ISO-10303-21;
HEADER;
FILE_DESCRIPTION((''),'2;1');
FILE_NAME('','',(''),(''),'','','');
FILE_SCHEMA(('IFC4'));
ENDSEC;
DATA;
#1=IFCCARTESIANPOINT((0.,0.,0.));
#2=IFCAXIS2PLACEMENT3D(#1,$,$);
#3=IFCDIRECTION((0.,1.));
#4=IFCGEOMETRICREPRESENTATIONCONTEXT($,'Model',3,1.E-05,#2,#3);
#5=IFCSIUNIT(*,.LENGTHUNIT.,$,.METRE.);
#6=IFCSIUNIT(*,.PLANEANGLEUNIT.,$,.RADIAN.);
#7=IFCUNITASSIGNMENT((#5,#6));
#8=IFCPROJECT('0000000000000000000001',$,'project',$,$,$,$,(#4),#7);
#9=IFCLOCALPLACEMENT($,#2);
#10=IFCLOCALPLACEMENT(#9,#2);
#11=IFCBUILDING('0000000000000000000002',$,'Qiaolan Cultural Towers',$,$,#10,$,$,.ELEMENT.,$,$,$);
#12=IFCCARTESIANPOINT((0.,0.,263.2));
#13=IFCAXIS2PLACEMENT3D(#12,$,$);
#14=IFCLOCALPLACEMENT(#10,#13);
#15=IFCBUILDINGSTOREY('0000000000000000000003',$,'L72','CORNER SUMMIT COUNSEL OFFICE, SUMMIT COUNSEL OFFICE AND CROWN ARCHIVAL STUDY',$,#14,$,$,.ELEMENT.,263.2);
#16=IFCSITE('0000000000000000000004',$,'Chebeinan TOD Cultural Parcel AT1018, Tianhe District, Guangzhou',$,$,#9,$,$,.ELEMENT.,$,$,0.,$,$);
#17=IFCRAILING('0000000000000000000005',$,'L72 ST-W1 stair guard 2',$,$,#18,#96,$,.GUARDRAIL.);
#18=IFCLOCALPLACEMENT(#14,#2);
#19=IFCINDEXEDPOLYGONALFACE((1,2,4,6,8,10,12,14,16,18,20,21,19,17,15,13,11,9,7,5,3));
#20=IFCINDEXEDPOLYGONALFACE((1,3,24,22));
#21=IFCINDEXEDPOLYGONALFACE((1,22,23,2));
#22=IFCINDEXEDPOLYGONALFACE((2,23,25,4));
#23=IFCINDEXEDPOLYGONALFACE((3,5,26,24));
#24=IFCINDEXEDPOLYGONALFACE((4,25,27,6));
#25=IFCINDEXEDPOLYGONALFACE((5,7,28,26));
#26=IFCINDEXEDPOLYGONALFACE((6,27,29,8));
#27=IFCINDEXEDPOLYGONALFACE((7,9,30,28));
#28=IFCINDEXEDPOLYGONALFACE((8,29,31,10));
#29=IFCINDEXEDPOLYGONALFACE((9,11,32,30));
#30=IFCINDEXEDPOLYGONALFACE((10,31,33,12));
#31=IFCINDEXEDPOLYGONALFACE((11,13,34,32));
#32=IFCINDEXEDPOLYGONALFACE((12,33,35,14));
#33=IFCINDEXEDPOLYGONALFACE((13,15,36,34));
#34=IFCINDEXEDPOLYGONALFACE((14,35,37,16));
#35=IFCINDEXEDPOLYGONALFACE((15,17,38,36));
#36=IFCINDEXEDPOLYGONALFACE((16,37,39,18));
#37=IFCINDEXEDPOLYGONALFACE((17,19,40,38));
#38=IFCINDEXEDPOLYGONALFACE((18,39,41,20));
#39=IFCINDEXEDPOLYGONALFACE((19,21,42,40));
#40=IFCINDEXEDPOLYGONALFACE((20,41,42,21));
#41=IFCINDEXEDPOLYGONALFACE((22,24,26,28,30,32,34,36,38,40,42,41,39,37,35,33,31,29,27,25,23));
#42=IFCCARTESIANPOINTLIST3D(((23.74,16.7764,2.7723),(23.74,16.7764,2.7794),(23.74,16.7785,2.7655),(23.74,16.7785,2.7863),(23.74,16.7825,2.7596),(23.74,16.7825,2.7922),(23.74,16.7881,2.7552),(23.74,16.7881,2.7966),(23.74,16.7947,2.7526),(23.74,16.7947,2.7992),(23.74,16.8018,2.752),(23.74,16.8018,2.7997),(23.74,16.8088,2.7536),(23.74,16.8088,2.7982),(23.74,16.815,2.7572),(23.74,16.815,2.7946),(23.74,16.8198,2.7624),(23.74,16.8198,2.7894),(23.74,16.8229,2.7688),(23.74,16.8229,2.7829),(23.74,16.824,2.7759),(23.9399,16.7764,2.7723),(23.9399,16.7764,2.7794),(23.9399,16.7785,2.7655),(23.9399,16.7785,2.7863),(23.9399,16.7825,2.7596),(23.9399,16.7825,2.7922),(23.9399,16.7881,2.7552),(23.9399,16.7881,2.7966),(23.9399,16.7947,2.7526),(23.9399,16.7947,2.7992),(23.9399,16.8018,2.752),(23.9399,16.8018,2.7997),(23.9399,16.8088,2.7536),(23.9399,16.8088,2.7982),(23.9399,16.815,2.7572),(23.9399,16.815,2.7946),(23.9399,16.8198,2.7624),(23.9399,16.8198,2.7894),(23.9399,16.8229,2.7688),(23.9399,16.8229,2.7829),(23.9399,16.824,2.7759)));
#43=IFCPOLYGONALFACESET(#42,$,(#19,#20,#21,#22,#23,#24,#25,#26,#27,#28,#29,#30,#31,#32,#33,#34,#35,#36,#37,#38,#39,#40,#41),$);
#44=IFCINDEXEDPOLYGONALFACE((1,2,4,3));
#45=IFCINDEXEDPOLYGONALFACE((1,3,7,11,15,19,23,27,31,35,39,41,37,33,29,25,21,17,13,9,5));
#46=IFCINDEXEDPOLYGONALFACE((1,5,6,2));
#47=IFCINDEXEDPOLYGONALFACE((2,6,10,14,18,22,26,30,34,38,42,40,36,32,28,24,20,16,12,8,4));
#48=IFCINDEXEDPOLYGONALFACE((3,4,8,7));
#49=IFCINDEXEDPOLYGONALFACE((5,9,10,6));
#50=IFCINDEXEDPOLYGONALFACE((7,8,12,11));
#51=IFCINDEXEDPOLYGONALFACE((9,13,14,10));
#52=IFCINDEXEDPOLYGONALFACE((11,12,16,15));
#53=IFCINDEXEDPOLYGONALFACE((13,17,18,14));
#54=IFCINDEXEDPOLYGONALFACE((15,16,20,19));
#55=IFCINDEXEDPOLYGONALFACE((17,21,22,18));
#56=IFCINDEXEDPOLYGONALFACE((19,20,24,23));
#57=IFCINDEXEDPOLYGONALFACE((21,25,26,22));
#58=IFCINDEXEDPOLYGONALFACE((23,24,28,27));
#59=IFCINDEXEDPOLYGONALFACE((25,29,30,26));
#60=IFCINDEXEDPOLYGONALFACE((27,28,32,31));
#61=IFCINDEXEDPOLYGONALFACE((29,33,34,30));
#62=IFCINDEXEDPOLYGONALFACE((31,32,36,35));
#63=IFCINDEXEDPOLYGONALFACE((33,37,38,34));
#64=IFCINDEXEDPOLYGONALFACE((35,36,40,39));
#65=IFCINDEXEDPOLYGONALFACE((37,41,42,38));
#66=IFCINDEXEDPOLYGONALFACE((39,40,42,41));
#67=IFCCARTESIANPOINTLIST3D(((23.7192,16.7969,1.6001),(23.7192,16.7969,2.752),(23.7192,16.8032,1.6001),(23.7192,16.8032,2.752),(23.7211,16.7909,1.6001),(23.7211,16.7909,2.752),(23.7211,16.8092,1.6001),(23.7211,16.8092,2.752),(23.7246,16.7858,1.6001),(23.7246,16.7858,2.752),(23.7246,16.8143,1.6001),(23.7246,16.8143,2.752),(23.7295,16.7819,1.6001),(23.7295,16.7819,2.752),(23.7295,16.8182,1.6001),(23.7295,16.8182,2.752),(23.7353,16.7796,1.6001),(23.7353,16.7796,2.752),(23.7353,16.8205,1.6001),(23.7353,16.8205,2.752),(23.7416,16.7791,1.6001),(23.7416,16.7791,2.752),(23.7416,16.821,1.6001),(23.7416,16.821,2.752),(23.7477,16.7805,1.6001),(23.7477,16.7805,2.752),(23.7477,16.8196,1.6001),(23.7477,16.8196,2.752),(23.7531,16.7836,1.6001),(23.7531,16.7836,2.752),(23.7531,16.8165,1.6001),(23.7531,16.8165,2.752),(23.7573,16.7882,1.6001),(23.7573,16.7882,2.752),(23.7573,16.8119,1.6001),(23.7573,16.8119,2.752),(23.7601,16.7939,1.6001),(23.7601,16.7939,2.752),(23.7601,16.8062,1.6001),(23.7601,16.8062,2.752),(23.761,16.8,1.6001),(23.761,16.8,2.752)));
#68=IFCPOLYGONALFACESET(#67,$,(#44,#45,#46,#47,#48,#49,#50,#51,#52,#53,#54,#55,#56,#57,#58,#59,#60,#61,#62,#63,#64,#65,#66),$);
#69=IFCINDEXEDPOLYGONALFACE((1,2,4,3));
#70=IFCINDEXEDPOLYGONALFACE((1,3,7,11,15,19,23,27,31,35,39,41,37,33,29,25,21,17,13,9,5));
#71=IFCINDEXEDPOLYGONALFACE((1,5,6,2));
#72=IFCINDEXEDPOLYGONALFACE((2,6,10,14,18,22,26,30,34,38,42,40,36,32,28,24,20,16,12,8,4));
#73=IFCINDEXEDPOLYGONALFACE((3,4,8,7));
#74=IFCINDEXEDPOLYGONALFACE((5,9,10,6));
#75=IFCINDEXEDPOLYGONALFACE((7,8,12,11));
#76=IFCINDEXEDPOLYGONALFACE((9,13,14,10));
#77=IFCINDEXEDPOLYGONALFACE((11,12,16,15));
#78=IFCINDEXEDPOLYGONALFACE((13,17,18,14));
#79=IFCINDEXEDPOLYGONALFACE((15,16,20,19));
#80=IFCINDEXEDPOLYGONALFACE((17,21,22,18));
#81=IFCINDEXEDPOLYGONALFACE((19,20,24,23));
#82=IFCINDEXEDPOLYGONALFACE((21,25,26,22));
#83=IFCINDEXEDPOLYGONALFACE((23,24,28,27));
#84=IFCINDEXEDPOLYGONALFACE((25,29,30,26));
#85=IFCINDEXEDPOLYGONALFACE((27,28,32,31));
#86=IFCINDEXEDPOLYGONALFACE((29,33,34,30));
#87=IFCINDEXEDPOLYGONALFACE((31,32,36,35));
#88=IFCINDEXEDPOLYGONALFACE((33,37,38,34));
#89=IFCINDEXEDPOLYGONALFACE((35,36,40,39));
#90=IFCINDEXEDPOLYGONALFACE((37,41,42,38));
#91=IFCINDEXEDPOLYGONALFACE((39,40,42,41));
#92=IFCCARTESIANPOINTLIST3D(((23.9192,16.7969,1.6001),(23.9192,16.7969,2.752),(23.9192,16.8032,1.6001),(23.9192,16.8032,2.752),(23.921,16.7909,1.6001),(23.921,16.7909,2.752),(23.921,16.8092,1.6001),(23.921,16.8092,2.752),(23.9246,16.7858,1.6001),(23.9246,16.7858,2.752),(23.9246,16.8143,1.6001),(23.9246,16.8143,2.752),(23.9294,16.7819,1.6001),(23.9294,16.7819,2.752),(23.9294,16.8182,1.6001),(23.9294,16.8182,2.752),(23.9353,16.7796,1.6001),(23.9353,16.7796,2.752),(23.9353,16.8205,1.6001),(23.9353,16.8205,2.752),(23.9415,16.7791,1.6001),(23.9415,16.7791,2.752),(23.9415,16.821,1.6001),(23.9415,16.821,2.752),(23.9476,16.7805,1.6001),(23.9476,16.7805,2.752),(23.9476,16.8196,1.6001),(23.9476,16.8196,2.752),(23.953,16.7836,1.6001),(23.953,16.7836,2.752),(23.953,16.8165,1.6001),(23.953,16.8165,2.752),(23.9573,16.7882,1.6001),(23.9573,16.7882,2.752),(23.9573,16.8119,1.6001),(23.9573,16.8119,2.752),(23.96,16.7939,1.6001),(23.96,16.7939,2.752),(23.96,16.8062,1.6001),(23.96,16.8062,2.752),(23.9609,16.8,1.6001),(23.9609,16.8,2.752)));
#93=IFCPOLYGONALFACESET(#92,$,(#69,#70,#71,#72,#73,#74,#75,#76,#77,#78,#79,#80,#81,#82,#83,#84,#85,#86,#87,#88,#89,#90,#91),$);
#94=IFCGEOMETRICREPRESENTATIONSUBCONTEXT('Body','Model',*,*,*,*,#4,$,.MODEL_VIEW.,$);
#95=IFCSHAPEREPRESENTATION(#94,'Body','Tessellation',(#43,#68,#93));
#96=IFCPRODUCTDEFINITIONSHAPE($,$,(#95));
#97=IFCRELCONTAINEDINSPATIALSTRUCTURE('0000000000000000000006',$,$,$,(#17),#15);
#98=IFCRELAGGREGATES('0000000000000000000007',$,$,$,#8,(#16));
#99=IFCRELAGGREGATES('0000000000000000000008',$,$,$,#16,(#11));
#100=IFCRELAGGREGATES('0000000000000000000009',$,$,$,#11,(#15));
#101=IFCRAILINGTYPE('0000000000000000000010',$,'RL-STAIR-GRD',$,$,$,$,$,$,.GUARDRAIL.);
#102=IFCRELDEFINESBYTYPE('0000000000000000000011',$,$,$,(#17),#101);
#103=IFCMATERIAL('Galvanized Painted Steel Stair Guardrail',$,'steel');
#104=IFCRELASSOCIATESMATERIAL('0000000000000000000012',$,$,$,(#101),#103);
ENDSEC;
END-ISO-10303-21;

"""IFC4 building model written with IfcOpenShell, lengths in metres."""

from ifc_helpers import new_model, si_unit, direction, frame, origin, origin_2d, place, context, subcontext, project, spatial, circle, extrude, material, type_object, element, save


model = new_model("IFC4")

# Units and contexts
model_context = context("Model", 3, precision=1e-05, world=origin(), true_north=direction((0.0, 1.0)))
body_context = subcontext(model_context, "Body", "Model", "MODEL_VIEW")
ifc_project = project(units=[si_unit("LENGTHUNIT", "METRE"), si_unit("PLANEANGLEUNIT", "RADIAN")], contexts=[model_context])

# Site, building, storey
site_placement = place(None, origin())
site = spatial("IfcSite", under=ifc_project, at=site_placement, Name="Chebeinan TOD Cultural Parcel AT1018, Tianhe District, Guangzhou", CompositionType="ELEMENT", RefElevation=0.0)
building_placement = place(site_placement, origin())
building = spatial("IfcBuilding", under=site, at=building_placement, Name="Qiaolan Cultural Towers", CompositionType="ELEMENT")
storey_placement = place(building_placement, frame((0.0, 0.0, 263.2)))
storey = spatial("IfcBuildingStorey", under=building, at=storey_placement, Name="L72", Description="CORNER SUMMIT COUNSEL OFFICE, SUMMIT COUNSEL OFFICE AND CROWN ARCHIVAL STUDY", CompositionType="ELEMENT", Elevation=263.2)

# Railing
ifc_material_1 = material(Name="Galvanized Painted Steel Stair Guardrail", Category="steel")
railing_type_1 = type_object("IfcRailingType", Name="RL-STAIR-GRD", PredefinedType="GUARDRAIL", material=ifc_material_1)
railing_1_placement = place(storey_placement, frame((23.74, 16.8, 1.6001)))
element("IfcRailing", 1, at=railing_1_placement, inside=storey, type_object=railing_type_1, Name="L72 ST-W1 stair guard 2", PredefinedType="GUARDRAIL", context=body_context, shape_type="SweptSolid", body=[
    extrude(circle(Radius=0.0239, at=origin_2d()), frame((0.0, 0.0, 1.1758), z_axis=(1.0, 0.0, 0.0), x_axis=(0.0, 1.0, 0.0)), (0.0, 0.0, 1.0), 0.2),
    extrude(circle(Radius=0.021, at=origin_2d()), origin(), (0.0, 0.0, 1.0), 1.1519),
    extrude(circle(Radius=0.021, at=origin_2d()), frame((0.2, 0.0, 0.0)), (0.0, 0.0, 1.0), 1.1519),
])

save(model, "model.ifc")
